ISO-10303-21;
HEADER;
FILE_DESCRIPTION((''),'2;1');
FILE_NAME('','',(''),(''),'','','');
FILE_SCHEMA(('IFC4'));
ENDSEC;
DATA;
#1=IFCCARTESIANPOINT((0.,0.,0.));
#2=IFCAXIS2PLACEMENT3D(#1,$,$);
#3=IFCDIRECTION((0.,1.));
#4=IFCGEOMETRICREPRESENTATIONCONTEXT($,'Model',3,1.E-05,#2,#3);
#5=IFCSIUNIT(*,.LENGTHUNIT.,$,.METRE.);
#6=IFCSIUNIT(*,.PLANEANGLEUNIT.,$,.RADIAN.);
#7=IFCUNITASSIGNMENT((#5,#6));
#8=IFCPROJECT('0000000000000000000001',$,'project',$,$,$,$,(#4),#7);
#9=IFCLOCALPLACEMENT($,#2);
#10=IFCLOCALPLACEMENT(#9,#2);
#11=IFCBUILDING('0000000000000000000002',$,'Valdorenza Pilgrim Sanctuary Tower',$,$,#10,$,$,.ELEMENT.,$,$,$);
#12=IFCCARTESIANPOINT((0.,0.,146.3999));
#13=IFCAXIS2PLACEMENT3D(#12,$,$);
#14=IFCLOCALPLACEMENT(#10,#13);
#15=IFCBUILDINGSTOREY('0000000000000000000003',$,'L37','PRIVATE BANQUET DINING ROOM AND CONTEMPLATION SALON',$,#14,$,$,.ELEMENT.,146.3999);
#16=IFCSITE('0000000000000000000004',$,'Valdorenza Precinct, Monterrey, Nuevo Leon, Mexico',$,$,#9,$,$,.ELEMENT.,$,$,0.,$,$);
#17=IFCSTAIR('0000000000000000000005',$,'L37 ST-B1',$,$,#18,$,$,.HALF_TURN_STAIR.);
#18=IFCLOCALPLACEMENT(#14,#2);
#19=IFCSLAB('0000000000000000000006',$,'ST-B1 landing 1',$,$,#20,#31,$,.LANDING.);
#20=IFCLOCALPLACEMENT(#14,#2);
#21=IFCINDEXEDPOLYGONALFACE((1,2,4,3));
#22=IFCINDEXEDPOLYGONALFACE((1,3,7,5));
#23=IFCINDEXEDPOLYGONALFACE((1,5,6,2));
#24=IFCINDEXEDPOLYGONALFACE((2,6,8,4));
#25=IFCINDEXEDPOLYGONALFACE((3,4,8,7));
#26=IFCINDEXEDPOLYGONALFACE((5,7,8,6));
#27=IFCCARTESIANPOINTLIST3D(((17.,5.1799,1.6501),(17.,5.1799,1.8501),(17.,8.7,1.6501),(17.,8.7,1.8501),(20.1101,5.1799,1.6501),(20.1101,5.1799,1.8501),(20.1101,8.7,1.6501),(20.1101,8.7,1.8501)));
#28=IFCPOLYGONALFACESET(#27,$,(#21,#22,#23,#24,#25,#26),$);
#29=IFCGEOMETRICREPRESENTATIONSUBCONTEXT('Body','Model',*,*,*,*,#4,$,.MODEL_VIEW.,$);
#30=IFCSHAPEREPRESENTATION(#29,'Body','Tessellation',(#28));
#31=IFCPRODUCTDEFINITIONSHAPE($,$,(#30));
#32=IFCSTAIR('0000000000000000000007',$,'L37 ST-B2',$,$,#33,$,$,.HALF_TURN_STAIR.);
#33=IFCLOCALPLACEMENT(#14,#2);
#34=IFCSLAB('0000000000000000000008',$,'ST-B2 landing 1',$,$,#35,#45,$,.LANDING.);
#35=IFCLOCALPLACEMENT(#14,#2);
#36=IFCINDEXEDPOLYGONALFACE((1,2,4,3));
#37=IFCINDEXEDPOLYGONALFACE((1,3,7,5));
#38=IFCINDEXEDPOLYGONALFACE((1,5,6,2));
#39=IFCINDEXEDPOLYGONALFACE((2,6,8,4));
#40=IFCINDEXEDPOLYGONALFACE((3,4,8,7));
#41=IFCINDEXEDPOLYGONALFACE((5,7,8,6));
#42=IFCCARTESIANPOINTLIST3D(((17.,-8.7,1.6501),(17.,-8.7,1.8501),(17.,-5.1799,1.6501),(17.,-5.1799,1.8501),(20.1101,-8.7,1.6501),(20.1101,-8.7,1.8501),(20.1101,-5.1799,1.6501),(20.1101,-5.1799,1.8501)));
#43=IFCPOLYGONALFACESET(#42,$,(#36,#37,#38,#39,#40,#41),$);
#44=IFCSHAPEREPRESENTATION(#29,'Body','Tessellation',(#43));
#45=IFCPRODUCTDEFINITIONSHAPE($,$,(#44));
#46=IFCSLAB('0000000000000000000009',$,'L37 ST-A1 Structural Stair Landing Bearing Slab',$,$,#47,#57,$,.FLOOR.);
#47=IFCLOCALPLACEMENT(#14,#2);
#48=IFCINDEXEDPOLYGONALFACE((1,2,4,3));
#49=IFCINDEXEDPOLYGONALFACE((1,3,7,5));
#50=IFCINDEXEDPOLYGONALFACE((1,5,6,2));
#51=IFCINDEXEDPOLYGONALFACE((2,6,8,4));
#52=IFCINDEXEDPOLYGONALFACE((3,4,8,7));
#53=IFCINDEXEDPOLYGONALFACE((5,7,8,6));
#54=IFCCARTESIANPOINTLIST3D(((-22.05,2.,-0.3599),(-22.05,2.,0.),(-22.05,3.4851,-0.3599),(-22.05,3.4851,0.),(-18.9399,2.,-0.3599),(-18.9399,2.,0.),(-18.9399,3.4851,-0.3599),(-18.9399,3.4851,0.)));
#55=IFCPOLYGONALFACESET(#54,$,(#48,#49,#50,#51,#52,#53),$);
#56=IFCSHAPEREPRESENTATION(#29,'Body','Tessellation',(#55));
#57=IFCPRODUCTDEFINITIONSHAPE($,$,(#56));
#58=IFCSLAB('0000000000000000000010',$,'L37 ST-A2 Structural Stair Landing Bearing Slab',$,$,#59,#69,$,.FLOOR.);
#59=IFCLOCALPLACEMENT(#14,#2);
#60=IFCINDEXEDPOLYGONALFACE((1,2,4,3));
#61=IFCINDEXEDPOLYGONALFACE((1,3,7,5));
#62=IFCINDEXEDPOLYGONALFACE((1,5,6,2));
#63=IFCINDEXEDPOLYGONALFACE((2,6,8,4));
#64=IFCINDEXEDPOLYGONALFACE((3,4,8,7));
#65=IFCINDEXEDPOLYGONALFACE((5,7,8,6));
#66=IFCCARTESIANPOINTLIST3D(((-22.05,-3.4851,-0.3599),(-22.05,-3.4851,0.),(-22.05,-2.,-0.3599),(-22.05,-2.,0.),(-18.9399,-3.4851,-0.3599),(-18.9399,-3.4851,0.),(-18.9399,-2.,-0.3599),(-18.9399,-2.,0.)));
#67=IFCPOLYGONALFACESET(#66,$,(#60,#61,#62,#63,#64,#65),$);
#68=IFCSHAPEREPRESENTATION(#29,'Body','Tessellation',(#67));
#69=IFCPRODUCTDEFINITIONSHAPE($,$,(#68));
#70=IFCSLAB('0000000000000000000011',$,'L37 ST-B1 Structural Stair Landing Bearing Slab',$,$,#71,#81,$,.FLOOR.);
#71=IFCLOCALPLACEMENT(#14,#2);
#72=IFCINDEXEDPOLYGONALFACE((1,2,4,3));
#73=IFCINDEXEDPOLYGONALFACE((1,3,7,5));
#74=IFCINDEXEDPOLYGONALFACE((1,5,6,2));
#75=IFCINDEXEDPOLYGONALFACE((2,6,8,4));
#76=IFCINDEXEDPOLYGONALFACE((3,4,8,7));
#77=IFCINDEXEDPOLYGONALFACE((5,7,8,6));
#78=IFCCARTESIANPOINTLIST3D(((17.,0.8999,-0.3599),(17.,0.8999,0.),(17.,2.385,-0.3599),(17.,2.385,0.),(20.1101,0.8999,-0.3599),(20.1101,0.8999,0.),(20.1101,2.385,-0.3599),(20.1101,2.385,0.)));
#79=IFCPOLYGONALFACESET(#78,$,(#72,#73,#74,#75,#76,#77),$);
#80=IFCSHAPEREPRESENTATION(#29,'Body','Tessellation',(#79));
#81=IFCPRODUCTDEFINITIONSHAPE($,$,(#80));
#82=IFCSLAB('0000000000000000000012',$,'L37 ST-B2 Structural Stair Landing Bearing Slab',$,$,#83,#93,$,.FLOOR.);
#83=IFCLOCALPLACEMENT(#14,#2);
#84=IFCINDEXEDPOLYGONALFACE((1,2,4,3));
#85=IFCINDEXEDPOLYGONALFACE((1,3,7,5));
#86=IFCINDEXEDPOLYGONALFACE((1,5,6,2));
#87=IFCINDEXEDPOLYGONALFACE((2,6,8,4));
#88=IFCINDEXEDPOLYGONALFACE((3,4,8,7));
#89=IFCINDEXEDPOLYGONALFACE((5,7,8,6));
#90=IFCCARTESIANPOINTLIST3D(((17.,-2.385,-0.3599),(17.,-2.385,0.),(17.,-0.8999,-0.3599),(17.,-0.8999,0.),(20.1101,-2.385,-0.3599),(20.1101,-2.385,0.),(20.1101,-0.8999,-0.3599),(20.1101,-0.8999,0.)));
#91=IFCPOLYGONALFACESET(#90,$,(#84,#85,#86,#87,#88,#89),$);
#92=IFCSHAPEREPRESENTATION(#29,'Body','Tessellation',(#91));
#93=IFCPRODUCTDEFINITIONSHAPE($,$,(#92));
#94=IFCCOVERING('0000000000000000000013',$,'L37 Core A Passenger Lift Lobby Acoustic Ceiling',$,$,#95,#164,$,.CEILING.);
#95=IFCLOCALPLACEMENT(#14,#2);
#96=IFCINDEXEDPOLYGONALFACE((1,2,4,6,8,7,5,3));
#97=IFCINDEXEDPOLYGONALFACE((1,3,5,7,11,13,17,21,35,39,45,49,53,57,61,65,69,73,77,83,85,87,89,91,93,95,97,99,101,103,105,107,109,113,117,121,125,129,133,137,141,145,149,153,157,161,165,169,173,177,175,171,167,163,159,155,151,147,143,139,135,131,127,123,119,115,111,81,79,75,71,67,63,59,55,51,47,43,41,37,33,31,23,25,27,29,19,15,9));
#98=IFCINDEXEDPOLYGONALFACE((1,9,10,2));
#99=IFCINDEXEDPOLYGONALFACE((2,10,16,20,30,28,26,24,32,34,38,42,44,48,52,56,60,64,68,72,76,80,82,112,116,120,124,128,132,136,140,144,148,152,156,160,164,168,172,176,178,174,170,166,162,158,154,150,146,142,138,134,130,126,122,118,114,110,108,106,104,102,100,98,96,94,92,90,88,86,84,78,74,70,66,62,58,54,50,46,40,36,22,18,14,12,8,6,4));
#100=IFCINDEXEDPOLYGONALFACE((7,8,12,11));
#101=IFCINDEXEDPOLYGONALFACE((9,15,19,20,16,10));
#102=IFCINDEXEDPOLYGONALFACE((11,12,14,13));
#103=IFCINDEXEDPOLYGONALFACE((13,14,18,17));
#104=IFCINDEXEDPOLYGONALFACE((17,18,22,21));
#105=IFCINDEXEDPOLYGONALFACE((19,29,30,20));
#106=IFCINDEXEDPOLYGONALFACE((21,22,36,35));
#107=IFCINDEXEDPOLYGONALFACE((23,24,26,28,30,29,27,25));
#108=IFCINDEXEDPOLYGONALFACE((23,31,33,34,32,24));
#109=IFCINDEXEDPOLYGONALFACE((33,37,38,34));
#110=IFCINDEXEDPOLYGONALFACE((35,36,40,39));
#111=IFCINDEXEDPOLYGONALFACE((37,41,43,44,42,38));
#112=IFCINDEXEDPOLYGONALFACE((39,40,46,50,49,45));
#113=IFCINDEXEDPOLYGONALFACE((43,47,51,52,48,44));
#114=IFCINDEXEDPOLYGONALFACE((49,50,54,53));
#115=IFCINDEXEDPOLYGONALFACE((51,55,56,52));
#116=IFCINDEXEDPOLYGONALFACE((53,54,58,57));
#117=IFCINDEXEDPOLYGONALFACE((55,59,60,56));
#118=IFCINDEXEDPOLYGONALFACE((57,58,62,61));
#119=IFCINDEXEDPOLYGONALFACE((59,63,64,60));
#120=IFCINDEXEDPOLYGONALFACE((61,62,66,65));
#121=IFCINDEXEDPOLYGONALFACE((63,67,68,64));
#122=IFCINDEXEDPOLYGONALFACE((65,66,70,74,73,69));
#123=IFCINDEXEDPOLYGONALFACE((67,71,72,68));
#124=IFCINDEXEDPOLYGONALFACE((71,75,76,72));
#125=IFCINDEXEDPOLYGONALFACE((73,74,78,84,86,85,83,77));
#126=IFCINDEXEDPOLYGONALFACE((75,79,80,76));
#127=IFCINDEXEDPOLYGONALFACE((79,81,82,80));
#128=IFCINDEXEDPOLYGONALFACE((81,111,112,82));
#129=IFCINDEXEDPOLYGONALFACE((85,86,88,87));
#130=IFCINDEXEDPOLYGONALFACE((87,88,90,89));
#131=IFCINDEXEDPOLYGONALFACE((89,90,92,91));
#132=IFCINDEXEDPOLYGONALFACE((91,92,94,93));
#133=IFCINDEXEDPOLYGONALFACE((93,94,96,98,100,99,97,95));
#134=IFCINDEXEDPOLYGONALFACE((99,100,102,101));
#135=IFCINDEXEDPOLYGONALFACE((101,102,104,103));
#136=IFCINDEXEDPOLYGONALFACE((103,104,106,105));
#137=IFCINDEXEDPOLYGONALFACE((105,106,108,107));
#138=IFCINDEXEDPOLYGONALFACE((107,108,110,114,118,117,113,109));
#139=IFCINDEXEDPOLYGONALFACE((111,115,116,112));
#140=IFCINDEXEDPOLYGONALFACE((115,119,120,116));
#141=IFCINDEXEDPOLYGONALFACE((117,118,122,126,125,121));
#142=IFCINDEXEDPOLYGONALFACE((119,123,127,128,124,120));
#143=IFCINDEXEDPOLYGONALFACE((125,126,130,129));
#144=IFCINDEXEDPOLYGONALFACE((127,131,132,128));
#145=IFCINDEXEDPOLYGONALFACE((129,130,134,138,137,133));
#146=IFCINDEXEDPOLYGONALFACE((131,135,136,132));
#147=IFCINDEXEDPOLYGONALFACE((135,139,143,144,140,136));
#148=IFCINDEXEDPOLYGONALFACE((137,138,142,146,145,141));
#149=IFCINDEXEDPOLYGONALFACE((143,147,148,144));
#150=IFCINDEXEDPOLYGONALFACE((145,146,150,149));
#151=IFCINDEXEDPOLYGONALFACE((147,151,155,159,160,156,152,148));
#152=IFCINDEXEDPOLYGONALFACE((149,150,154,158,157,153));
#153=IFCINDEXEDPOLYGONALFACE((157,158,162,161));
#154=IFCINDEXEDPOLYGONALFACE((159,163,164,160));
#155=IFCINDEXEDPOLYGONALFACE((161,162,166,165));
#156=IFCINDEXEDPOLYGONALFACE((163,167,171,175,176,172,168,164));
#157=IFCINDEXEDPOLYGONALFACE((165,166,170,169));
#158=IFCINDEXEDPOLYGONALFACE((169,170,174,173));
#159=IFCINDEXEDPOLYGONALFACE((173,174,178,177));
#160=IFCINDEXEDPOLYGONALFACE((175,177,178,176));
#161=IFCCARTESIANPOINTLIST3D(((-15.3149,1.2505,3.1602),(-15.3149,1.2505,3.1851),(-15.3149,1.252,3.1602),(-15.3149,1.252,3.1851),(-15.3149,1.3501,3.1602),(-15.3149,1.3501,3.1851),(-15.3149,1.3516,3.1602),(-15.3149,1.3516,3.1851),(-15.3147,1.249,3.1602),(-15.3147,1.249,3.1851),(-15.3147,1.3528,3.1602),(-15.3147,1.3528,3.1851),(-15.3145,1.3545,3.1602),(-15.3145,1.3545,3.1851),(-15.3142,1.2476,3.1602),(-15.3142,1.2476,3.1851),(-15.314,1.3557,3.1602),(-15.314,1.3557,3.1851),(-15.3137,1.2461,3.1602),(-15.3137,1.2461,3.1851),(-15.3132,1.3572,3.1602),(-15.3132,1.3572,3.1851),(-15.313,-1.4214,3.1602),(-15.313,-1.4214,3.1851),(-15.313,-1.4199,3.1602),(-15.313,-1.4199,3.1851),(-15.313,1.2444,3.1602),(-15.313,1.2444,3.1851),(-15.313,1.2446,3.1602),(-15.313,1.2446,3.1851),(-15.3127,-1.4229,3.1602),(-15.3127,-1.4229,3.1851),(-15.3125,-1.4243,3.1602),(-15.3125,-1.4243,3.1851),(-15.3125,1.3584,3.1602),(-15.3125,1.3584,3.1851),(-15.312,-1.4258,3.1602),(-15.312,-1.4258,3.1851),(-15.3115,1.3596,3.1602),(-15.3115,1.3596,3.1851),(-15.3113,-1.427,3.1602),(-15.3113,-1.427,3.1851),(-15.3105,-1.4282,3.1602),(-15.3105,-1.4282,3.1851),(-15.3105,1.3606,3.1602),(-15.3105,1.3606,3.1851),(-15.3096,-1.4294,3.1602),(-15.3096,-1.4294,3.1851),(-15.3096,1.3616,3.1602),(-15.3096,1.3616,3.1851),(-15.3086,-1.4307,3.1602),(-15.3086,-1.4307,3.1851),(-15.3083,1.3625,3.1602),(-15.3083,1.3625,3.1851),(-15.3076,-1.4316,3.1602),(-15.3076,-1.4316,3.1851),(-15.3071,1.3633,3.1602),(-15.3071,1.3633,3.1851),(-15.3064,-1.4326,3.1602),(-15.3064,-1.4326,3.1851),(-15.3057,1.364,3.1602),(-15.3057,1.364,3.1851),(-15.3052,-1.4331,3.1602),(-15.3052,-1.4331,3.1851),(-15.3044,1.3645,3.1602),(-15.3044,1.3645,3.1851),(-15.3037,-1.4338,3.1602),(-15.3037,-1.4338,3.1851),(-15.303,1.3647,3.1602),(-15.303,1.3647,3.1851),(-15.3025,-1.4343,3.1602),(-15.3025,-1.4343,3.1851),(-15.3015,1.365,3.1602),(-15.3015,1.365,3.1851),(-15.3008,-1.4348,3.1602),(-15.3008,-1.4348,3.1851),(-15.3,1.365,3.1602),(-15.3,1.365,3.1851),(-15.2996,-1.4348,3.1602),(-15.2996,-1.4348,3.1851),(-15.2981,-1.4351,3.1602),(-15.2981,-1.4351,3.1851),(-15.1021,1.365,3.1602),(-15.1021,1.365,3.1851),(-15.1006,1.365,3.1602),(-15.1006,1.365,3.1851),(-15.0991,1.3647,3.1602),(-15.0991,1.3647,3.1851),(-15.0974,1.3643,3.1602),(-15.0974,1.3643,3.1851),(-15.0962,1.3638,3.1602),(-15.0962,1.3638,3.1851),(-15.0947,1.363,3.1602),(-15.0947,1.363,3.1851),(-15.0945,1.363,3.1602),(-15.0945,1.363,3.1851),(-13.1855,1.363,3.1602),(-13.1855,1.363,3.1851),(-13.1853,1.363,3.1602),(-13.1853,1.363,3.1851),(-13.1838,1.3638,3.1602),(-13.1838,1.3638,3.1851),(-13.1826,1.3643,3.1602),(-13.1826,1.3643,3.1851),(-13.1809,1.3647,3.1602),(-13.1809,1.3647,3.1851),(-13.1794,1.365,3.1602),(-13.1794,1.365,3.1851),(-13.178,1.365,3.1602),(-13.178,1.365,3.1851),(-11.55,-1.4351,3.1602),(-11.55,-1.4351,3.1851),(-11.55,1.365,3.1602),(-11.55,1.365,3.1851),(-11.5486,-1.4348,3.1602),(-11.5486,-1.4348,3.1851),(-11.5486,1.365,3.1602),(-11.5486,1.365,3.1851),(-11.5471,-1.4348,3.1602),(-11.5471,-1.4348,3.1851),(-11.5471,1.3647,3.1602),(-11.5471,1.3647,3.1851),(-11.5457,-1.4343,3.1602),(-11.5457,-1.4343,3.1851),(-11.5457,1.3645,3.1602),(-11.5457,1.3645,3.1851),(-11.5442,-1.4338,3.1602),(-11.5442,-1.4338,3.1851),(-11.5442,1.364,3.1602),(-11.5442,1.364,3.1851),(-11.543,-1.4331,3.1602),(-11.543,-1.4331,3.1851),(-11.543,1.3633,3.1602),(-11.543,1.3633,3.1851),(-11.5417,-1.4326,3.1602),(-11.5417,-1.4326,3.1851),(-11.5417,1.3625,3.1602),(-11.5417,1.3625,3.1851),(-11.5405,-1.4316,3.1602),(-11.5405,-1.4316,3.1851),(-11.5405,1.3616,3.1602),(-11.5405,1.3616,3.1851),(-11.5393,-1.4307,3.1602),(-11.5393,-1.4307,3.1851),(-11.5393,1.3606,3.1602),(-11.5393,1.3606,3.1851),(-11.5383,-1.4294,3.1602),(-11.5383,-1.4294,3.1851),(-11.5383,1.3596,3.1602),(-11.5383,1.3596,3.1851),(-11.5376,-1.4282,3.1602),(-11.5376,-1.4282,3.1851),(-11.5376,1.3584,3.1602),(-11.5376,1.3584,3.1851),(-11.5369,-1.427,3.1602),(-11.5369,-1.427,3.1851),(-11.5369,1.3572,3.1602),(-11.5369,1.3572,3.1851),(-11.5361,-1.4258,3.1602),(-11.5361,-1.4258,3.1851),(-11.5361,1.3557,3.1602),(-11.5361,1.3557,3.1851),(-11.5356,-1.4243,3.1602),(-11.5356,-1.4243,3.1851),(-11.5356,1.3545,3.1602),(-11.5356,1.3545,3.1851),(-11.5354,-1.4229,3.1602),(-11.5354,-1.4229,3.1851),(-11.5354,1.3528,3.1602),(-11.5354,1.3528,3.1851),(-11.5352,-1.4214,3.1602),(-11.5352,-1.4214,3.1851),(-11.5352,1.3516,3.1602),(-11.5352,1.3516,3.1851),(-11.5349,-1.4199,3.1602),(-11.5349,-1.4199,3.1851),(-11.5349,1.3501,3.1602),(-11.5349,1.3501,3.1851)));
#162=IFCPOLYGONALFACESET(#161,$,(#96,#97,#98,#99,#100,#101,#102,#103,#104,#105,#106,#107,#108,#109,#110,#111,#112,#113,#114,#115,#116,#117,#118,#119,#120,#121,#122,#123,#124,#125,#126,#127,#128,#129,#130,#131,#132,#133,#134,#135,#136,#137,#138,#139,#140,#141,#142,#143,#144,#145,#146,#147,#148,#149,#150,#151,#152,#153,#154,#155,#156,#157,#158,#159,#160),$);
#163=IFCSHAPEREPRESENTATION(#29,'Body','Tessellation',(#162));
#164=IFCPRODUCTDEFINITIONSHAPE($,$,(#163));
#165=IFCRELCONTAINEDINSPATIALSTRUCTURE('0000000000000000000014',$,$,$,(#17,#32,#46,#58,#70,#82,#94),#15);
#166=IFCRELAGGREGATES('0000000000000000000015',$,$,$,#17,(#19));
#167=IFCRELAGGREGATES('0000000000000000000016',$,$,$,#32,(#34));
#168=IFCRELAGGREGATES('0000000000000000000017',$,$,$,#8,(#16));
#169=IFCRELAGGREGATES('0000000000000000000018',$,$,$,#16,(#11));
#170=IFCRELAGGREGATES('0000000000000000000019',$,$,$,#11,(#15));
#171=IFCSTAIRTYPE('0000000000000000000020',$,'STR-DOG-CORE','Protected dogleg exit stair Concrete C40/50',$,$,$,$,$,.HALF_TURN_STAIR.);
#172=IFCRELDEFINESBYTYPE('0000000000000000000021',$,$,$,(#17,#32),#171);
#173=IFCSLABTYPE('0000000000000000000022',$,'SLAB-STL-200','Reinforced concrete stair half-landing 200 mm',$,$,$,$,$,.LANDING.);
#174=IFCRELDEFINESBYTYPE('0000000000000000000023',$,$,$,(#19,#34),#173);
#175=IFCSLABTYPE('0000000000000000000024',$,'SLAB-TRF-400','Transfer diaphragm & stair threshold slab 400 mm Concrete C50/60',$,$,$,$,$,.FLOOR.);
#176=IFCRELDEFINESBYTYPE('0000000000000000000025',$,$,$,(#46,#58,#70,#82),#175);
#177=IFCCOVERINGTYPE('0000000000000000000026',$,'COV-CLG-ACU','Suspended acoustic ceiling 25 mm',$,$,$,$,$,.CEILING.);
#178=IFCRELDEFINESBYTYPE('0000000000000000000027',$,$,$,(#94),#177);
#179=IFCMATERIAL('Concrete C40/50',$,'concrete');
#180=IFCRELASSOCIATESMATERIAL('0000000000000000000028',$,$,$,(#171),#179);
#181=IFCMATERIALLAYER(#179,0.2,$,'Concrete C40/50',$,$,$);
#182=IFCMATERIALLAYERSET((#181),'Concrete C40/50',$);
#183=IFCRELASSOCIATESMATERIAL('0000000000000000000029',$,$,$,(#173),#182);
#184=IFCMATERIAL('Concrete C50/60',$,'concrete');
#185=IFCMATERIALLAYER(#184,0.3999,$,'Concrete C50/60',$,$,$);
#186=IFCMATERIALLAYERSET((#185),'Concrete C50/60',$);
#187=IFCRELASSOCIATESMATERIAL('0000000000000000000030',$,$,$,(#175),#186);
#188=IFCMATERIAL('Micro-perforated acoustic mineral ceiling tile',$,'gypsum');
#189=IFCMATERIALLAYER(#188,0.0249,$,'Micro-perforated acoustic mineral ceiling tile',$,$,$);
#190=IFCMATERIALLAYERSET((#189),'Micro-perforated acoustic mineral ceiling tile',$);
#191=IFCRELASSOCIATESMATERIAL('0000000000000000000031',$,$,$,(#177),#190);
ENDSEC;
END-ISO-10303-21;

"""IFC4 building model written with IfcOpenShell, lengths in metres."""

from ifc_helpers import new_model, si_unit, direction, frame, origin, place, context, subcontext, project, spatial, polyline, outline, extrude, material, layer, layer_set, type_object, element, aggregate, save


model = new_model("IFC4")

# Units and contexts
model_context = context("Model", 3, precision=1e-05, world=origin(), true_north=direction((0.0, 1.0)))
body_context = subcontext(model_context, "Body", "Model", "MODEL_VIEW")
ifc_project = project(units=[si_unit("LENGTHUNIT", "METRE"), si_unit("PLANEANGLEUNIT", "RADIAN")], contexts=[model_context])

# Site, building, storey
site_placement = place(None, origin())
site = spatial("IfcSite", under=ifc_project, at=site_placement, Name="Valdorenza Precinct, Monterrey, Nuevo Leon, Mexico", CompositionType="ELEMENT", RefElevation=0.0)
building_placement = place(site_placement, origin())
building = spatial("IfcBuilding", under=site, at=building_placement, Name="Valdorenza Pilgrim Sanctuary Tower", CompositionType="ELEMENT")
storey_placement = place(building_placement, frame((0.0, 0.0, 146.3999)))
storey = spatial("IfcBuildingStorey", under=building, at=storey_placement, Name="L37", Description="PRIVATE BANQUET DINING ROOM AND CONTEMPLATION SALON", CompositionType="ELEMENT", Elevation=146.3999)

# Shared definitions
ifc_material_1 = material(Name="Concrete C40/50", Category="concrete")

# Stairs, slabs
stair_type = type_object("IfcStairType", Name="STR-DOG-CORE", Description="Protected dogleg exit stair Concrete C40/50", PredefinedType="HALF_TURN_STAIR", material=ifc_material_1)
ifc_layer_1 = layer(ifc_material_1, 0.2, Name="Concrete C40/50")
ifc_layer_set_1 = layer_set([ifc_layer_1], Name="Concrete C40/50")
slab_type_1 = type_object("IfcSlabType", Name="SLAB-STL-200", Description="Reinforced concrete stair half-landing 200 mm", PredefinedType="LANDING", material=ifc_layer_set_1)
stair_1_placement = place(storey_placement, origin())
stair_1 = element("IfcStair", 1, at=stair_1_placement, inside=storey, type_object=stair_type, Name="L37 ST-B1", PredefinedType="HALF_TURN_STAIR")
slab_1_placement = place(storey_placement, frame((0.0, 0.0, 1.6501)))
slab_1 = element("IfcSlab", 2, at=slab_1_placement, type_object=slab_type_1, Name="ST-B1 landing 1", PredefinedType="LANDING", context=body_context, shape_type="SweptSolid", body=[
    extrude(outline(polyline([(20.1101, 5.1799), (20.1101, 8.7), (17.0, 8.7), (17.0, 5.1799), (20.1101, 5.1799)])), origin(), (0.0, 0.0, 1.0), 0.2),
])
aggregate(stair_1, [slab_1])
stair_2_placement = place(storey_placement, origin())
stair_2 = element("IfcStair", 3, at=stair_2_placement, inside=storey, type_object=stair_type, Name="L37 ST-B2", PredefinedType="HALF_TURN_STAIR")
slab_2_placement = place(storey_placement, frame((0.0, 0.0, 1.6501)))
slab_2 = element("IfcSlab", 4, at=slab_2_placement, type_object=slab_type_1, Name="ST-B2 landing 1", PredefinedType="LANDING", context=body_context, shape_type="SweptSolid", body=[
    extrude(outline(polyline([(17.0, -5.1799), (17.0, -8.7), (20.1101, -8.7), (20.1101, -5.1799), (17.0, -5.1799)])), origin(), (0.0, 0.0, 1.0), 0.2),
])
aggregate(stair_2, [slab_2])

# Slabs
ifc_material_2 = material(Name="Concrete C50/60", Category="concrete")
ifc_layer_2 = layer(ifc_material_2, 0.3999, Name="Concrete C50/60")
ifc_layer_set_2 = layer_set([ifc_layer_2], Name="Concrete C50/60")
slab_type_2 = type_object("IfcSlabType", Name="SLAB-TRF-400", Description="Transfer diaphragm & stair threshold slab 400 mm Concrete C50/60", PredefinedType="FLOOR", material=ifc_layer_set_2)
slab_3_placement = place(storey_placement, frame((0.0, 0.0, -0.3599)))
element("IfcSlab", 5, at=slab_3_placement, inside=storey, type_object=slab_type_2, Name="L37 ST-A1 Structural Stair Landing Bearing Slab", PredefinedType="FLOOR", context=body_context, shape_type="SweptSolid", body=[
    extrude(outline(polyline([(-22.05, 2.0), (-18.9399, 2.0), (-18.9399, 3.4851), (-22.05, 3.4851), (-22.05, 2.0)])), origin(), (0.0, 0.0, 1.0), 0.3599),
])
slab_4_placement = place(storey_placement, frame((0.0, 0.0, -0.3599)))
element("IfcSlab", 6, at=slab_4_placement, inside=storey, type_object=slab_type_2, Name="L37 ST-A2 Structural Stair Landing Bearing Slab", PredefinedType="FLOOR", context=body_context, shape_type="SweptSolid", body=[
    extrude(outline(polyline([(-22.05, -3.4851), (-18.9399, -3.4851), (-18.9399, -2.0), (-22.05, -2.0), (-22.05, -3.4851)])), origin(), (0.0, 0.0, 1.0), 0.3599),
])
slab_5_placement = place(storey_placement, frame((0.0, 0.0, -0.3599)))
element("IfcSlab", 7, at=slab_5_placement, inside=storey, type_object=slab_type_2, Name="L37 ST-B1 Structural Stair Landing Bearing Slab", PredefinedType="FLOOR", context=body_context, shape_type="SweptSolid", body=[
    extrude(outline(polyline([(17.0, 0.8999), (20.1101, 0.8999), (20.1101, 2.385), (17.0, 2.385), (17.0, 0.8999)])), origin(), (0.0, 0.0, 1.0), 0.3599),
])
slab_6_placement = place(storey_placement, frame((0.0, 0.0, -0.3599)))
element("IfcSlab", 8, at=slab_6_placement, inside=storey, type_object=slab_type_2, Name="L37 ST-B2 Structural Stair Landing Bearing Slab", PredefinedType="FLOOR", context=body_context, shape_type="SweptSolid", body=[
    extrude(outline(polyline([(17.0, -2.385), (20.1101, -2.385), (20.1101, -0.8999), (17.0, -0.8999), (17.0, -2.385)])), origin(), (0.0, 0.0, 1.0), 0.3599),
])

# Covering
ifc_material_3 = material(Name="Micro-perforated acoustic mineral ceiling tile", Category="gypsum")
ifc_layer_3 = layer(ifc_material_3, 0.0249, Name="Micro-perforated acoustic mineral ceiling tile")
ifc_layer_set_3 = layer_set([ifc_layer_3], Name="Micro-perforated acoustic mineral ceiling tile")
covering_type_1 = type_object("IfcCoveringType", Name="COV-CLG-ACU", Description="Suspended acoustic ceiling 25 mm", PredefinedType="CEILING", material=ifc_layer_set_3)
covering_1_placement = place(storey_placement, frame((0.0, 0.0, 3.1602)))
element("IfcCovering", 9, at=covering_1_placement, inside=storey, type_object=covering_type_1, Name="L37 Core A Passenger Lift Lobby Acoustic Ceiling", PredefinedType="CEILING", context=body_context, shape_type="SweptSolid", body=[
    extrude(outline(polyline([(-15.313, 1.2444), (-15.313, 1.2446), (-15.3137, 1.2461), (-15.3142, 1.2476), (-15.3147, 1.249), (-15.3149, 1.2505), (-15.3149, 1.252), (-15.3149, 1.3501), (-15.3149, 1.3516), (-15.3147, 1.3528), (-15.3145, 1.3545), (-15.314, 1.3557), (-15.3132, 1.3572), (-15.3125, 1.3584), (-15.3115, 1.3596), (-15.3105, 1.3606), (-15.3096, 1.3616), (-15.3083, 1.3625), (-15.3071, 1.3633), (-15.3057, 1.364), (-15.3044, 1.3645), (-15.303, 1.3647), (-15.3015, 1.365), (-15.3, 1.365), (-15.1021, 1.365), (-15.1006, 1.365), (-15.0991, 1.3647), (-15.0974, 1.3643), (-15.0962, 1.3638), (-15.0947, 1.363), (-15.0945, 1.363), (-13.1855, 1.363), (-13.1853, 1.363), (-13.1838, 1.3638), (-13.1826, 1.3643), (-13.1809, 1.3647), (-13.1794, 1.365), (-13.178, 1.365), (-11.55, 1.365), (-11.5486, 1.365), (-11.5471, 1.3647), (-11.5457, 1.3645), (-11.5442, 1.364), (-11.543, 1.3633), (-11.5417, 1.3625), (-11.5405, 1.3616), (-11.5393, 1.3606), (-11.5383, 1.3596), (-11.5376, 1.3584), (-11.5369, 1.3572), (-11.5361, 1.3557), (-11.5356, 1.3545), (-11.5354, 1.3528), (-11.5352, 1.3516), (-11.5349, 1.3501), (-11.5349, -1.4199), (-11.5352, -1.4214), (-11.5354, -1.4229), (-11.5356, -1.4243), (-11.5361, -1.4258), (-11.5369, -1.427), (-11.5376, -1.4282), (-11.5383, -1.4294), (-11.5393, -1.4307), (-11.5405, -1.4316), (-11.5417, -1.4326), (-11.543, -1.4331), (-11.5442, -1.4338), (-11.5457, -1.4343), (-11.5471, -1.4348), (-11.5486, -1.4348), (-11.55, -1.4351), (-15.2981, -1.4351), (-15.2996, -1.4348), (-15.3008, -1.4348), (-15.3025, -1.4343), (-15.3037, -1.4338), (-15.3052, -1.4331), (-15.3064, -1.4326), (-15.3076, -1.4316), (-15.3086, -1.4307), (-15.3096, -1.4294), (-15.3105, -1.4282), (-15.3113, -1.427), (-15.312, -1.4258), (-15.3125, -1.4243), (-15.3127, -1.4229), (-15.313, -1.4214), (-15.313, -1.4199), (-15.313, 1.2444)])), origin(), (0.0, 0.0, 1.0), 0.0249),
])

save(model, "model.ifc")
